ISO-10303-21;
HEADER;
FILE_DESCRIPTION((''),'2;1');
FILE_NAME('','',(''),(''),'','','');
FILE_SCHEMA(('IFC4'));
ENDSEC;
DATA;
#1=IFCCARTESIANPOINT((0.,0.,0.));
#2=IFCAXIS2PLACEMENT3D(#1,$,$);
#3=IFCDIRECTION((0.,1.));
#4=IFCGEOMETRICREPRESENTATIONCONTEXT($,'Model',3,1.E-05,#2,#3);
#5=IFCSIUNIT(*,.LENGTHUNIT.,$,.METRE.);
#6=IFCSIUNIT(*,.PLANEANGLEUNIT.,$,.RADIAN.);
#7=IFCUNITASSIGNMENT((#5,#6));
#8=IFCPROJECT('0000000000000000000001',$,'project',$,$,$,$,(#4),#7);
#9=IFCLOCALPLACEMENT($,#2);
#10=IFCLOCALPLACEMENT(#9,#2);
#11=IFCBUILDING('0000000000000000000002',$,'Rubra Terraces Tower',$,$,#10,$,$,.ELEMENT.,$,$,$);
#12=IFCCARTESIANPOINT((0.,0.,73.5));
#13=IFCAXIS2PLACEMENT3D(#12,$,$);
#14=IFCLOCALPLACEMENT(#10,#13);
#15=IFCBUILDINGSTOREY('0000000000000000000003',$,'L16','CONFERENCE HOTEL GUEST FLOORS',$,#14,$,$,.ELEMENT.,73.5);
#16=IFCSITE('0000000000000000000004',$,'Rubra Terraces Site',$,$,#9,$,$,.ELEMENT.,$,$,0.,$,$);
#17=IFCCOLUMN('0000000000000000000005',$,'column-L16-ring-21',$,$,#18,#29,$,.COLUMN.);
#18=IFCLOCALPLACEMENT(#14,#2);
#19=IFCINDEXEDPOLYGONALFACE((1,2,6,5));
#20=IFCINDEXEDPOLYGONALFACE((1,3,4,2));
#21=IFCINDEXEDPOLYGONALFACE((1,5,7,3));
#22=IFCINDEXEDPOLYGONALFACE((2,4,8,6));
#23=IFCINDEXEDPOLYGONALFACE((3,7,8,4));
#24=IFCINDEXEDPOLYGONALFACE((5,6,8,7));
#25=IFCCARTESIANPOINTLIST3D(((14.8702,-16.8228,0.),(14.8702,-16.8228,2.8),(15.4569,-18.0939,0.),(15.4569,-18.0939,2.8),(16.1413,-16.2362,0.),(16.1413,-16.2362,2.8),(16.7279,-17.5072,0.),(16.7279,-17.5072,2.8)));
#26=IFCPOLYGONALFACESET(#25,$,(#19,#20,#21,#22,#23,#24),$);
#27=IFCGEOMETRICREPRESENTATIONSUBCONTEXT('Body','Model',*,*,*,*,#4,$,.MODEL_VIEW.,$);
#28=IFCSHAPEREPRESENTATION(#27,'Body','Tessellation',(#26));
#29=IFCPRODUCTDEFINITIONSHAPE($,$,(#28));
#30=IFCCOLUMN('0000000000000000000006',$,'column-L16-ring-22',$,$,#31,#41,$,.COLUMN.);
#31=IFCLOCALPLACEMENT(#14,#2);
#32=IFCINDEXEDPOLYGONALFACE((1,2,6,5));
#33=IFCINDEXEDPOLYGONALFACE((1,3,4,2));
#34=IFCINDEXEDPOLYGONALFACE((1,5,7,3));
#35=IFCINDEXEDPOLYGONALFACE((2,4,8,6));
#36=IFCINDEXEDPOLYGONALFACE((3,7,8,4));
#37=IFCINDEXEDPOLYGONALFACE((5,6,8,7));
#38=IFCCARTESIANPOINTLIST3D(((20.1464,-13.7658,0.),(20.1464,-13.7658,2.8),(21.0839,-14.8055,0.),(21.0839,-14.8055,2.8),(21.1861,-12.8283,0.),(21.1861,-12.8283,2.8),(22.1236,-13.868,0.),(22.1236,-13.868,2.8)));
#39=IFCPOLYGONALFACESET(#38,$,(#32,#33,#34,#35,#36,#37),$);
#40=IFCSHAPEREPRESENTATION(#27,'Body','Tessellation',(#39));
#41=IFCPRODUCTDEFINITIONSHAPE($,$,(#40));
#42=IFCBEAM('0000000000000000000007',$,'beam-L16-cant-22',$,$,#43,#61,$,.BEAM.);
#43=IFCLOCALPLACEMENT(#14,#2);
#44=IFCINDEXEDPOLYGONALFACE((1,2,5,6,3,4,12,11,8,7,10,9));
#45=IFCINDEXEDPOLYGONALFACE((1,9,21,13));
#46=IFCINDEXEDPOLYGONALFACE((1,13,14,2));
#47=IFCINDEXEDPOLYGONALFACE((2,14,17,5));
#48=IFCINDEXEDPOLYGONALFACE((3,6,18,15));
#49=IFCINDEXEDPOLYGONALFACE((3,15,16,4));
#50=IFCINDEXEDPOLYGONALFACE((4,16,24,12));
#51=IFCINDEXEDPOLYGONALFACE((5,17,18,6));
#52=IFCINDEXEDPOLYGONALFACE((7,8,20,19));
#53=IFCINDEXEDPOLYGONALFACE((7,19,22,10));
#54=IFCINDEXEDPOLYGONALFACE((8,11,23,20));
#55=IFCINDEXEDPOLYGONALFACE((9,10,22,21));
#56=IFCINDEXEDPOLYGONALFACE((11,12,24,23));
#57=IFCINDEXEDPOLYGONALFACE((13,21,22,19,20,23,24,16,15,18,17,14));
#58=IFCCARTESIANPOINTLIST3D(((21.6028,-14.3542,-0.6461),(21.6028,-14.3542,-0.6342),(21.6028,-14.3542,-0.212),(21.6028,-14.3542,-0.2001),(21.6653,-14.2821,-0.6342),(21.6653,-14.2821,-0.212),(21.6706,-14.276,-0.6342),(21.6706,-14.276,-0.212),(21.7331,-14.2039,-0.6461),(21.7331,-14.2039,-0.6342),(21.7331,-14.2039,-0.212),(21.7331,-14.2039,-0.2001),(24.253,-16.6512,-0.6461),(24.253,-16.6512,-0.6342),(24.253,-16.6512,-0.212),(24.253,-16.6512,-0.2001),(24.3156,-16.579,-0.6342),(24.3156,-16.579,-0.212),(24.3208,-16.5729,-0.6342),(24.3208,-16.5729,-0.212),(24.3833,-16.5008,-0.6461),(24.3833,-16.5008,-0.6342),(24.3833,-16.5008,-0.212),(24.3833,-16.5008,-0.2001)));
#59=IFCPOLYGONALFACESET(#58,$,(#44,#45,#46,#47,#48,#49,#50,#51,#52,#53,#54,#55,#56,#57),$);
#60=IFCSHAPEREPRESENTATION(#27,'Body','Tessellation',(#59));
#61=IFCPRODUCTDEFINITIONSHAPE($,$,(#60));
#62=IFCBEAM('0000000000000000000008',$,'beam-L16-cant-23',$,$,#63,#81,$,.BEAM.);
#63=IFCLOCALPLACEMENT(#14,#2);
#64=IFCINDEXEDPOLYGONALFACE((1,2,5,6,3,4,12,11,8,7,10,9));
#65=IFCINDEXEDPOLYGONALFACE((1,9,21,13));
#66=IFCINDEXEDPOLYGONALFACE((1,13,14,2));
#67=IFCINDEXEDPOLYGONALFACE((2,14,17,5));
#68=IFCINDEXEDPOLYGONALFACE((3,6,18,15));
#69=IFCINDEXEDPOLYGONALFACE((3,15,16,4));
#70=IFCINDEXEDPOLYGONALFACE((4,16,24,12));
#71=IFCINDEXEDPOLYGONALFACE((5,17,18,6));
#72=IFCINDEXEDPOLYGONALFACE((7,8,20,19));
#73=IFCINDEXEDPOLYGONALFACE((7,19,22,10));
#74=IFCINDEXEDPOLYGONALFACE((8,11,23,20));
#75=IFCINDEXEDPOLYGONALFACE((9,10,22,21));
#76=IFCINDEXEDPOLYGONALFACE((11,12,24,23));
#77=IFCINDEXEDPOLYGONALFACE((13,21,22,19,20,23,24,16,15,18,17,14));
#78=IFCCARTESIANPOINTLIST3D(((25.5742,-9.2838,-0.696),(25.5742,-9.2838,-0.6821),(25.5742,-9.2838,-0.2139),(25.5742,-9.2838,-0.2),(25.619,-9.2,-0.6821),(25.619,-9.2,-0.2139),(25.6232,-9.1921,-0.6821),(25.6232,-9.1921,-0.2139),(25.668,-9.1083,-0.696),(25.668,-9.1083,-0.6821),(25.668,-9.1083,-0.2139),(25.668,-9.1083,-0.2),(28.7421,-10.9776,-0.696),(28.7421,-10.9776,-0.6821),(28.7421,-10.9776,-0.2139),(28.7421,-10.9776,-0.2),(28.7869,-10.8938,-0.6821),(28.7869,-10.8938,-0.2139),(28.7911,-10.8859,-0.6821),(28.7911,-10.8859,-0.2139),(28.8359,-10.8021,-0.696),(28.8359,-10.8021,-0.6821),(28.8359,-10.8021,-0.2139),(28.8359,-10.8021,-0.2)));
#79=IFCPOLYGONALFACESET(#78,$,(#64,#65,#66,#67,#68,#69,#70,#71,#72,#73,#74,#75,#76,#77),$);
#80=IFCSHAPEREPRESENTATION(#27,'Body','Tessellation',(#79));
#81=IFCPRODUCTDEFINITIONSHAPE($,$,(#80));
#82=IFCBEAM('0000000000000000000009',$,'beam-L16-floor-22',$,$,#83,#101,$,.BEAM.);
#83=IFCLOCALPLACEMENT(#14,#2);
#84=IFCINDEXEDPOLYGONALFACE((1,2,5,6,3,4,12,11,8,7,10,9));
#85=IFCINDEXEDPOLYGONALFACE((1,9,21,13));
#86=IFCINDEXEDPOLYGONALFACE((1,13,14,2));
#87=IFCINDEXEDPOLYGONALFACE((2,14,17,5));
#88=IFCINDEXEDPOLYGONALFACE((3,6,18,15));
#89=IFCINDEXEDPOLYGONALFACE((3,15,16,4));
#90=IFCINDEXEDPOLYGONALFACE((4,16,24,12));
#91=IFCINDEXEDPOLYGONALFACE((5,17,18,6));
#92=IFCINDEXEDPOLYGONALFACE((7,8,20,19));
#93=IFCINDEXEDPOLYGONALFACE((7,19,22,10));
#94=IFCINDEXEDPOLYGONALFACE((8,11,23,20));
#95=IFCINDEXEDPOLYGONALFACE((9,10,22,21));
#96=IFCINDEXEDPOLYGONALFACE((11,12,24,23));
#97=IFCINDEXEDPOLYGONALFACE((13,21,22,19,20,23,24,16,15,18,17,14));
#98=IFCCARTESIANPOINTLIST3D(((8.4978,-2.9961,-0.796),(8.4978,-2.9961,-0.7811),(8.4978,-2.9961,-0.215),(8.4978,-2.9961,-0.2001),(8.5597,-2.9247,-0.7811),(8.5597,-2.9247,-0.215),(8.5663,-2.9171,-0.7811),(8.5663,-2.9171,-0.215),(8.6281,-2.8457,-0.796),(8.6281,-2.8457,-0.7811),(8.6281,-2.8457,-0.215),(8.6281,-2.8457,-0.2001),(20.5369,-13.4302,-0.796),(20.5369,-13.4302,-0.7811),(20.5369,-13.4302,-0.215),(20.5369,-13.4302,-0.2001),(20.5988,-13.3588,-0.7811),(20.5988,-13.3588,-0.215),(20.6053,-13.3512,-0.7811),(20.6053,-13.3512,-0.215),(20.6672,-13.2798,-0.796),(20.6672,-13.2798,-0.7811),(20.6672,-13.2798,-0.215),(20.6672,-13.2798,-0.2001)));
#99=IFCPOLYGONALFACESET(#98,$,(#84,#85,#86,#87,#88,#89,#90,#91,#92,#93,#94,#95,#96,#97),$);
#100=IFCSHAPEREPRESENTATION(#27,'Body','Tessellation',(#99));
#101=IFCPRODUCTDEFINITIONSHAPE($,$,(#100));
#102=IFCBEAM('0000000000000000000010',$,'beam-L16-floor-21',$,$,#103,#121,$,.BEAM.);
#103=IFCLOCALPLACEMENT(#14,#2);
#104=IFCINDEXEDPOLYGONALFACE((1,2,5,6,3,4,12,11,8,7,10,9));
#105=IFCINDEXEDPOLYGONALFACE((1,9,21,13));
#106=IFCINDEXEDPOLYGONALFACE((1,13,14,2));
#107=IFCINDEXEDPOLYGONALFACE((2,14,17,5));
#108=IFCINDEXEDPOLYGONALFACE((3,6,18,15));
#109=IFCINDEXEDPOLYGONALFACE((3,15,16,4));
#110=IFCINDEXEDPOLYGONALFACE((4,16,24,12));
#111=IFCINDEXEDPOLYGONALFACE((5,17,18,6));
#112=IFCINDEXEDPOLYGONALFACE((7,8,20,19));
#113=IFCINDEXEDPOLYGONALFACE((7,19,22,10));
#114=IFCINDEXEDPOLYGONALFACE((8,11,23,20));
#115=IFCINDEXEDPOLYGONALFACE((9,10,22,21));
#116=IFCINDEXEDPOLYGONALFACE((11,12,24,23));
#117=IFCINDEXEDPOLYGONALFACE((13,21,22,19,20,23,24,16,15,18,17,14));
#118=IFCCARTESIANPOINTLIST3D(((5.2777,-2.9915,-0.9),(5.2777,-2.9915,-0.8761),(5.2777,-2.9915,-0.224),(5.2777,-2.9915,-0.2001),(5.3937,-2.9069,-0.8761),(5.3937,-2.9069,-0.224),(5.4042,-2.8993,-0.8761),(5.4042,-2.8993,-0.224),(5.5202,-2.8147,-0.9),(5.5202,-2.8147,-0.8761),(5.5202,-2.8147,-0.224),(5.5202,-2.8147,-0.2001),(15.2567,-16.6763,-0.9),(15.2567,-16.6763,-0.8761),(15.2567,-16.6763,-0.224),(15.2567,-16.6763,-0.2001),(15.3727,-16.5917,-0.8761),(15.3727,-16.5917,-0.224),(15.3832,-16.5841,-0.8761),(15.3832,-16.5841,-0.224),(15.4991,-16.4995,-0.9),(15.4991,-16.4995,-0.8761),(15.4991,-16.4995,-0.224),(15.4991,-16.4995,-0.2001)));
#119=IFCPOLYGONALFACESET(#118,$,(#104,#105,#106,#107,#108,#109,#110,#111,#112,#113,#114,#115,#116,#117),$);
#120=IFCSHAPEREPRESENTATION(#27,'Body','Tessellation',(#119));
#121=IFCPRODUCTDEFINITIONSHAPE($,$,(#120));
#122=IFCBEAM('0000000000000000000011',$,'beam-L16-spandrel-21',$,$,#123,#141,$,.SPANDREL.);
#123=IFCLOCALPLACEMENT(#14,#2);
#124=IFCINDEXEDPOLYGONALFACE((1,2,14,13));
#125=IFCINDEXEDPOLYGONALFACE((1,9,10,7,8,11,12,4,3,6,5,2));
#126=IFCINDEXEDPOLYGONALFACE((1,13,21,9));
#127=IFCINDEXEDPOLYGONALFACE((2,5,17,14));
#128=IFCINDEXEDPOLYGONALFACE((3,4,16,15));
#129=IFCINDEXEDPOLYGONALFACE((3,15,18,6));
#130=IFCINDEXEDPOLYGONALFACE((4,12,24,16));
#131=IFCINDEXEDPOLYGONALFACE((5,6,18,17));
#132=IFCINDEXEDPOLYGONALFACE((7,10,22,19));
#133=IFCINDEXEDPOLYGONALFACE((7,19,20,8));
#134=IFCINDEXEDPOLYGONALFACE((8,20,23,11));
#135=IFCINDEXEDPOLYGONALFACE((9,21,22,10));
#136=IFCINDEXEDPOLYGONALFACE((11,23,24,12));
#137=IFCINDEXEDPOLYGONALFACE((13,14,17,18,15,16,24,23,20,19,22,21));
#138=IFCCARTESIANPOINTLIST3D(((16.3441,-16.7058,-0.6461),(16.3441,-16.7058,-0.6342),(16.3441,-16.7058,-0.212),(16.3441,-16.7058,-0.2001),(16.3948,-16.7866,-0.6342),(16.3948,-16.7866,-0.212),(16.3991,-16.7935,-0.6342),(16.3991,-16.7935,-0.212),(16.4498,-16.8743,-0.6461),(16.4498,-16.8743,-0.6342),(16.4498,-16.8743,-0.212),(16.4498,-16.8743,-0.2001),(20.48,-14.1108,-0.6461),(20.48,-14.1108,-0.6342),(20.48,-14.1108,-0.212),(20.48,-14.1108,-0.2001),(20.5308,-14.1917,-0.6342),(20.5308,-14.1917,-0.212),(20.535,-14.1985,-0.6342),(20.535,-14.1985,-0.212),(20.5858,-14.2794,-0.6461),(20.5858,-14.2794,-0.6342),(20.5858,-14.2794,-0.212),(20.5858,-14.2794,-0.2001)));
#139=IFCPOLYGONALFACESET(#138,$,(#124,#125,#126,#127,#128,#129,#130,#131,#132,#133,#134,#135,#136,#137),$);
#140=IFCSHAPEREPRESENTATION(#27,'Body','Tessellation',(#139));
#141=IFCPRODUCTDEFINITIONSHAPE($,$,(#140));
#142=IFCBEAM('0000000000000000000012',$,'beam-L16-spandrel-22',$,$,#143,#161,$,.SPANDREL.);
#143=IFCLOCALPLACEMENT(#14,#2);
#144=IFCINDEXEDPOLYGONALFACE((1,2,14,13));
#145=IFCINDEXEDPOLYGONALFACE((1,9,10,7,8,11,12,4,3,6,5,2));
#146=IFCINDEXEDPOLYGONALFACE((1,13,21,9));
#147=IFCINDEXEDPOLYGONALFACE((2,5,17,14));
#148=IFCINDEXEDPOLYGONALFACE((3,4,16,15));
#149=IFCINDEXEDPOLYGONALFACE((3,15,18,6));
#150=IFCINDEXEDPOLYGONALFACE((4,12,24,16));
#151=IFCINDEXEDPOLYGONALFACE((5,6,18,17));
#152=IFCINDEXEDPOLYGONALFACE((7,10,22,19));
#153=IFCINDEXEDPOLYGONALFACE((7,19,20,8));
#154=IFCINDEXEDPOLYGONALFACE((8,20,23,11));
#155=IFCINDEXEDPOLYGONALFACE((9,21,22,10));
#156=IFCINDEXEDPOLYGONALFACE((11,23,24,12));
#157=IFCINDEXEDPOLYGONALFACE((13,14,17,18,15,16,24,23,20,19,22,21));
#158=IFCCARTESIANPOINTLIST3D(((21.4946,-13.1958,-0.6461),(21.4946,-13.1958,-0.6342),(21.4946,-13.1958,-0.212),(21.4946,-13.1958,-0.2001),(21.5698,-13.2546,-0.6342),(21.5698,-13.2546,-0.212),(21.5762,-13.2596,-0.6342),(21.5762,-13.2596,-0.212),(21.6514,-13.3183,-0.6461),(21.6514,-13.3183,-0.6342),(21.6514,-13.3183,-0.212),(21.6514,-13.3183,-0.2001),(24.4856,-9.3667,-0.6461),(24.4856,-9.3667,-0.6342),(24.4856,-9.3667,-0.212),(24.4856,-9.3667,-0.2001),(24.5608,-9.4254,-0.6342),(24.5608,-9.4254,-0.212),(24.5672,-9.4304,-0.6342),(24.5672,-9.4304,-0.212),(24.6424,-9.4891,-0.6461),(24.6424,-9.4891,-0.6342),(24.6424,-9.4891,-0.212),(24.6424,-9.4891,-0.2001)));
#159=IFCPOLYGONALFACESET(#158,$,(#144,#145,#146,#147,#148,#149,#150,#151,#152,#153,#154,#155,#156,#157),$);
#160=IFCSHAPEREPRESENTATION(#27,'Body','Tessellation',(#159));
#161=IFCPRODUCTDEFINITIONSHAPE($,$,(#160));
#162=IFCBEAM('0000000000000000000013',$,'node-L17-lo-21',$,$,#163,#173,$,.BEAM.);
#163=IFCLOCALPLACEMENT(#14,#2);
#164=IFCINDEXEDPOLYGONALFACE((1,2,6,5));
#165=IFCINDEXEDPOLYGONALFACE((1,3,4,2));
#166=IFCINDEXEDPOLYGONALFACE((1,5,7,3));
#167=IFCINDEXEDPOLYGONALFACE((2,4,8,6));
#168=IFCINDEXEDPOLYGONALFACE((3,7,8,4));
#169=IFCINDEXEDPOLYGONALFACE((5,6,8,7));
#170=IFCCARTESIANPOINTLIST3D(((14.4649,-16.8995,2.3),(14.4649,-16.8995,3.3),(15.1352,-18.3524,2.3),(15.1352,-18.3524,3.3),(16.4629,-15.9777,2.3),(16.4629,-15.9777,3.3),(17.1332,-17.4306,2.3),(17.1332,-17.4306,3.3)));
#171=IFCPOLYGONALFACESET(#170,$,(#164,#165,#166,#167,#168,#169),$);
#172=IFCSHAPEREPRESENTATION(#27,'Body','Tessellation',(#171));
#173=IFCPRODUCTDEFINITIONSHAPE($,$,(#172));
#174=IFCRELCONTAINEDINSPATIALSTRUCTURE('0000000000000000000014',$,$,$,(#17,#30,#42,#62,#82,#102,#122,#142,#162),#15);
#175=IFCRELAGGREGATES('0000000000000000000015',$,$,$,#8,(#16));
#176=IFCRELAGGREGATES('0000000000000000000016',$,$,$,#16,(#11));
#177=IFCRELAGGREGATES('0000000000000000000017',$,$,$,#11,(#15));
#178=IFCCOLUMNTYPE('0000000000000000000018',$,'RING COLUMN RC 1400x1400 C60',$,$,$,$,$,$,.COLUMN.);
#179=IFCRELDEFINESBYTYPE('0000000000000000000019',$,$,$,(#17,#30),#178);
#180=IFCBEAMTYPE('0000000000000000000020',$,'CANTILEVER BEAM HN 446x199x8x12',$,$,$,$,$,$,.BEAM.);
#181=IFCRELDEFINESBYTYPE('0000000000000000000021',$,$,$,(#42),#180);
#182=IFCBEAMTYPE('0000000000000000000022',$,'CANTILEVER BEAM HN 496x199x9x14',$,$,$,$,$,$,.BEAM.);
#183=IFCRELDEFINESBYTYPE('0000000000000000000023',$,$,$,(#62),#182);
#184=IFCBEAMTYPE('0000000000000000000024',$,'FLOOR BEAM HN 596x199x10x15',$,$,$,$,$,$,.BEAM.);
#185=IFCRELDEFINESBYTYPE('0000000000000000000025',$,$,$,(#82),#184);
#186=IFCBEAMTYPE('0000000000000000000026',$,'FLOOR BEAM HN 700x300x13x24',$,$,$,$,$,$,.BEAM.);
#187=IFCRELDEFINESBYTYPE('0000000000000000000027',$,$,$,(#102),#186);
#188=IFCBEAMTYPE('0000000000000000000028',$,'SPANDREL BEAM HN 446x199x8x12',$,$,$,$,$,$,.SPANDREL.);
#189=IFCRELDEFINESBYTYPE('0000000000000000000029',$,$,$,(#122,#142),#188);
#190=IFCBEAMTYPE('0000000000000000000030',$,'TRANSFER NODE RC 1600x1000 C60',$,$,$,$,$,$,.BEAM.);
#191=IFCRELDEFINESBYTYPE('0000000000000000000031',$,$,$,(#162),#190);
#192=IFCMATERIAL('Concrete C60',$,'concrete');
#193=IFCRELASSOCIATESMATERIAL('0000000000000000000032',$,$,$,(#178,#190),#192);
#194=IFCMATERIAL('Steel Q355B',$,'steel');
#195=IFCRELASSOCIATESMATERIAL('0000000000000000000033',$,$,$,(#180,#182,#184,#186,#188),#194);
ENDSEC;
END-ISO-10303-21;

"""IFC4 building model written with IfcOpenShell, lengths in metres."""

from ifc_helpers import new_model, si_unit, direction, frame, origin, origin_2d, place, context, subcontext, project, spatial, rectangle, i_section, extrude, material, material_profile, profile_set, type_object, element, save


model = new_model("IFC4")

# Units and contexts
model_context = context("Model", 3, precision=1e-05, world=origin(), true_north=direction((0.0, 1.0)))
body_context = subcontext(model_context, "Body", "Model", "MODEL_VIEW")
ifc_project = project(units=[si_unit("LENGTHUNIT", "METRE"), si_unit("PLANEANGLEUNIT", "RADIAN")], contexts=[model_context])

# Site, building, storey
site_placement = place(None, origin())
site = spatial("IfcSite", under=ifc_project, at=site_placement, Name="Rubra Terraces Site", CompositionType="ELEMENT", RefElevation=0.0)
building_placement = place(site_placement, origin())
building = spatial("IfcBuilding", under=site, at=building_placement, Name="Rubra Terraces Tower", CompositionType="ELEMENT")
storey_placement = place(building_placement, frame((0.0, 0.0, 73.5)))
storey = spatial("IfcBuildingStorey", under=building, at=storey_placement, Name="L16", Description="CONFERENCE HOTEL GUEST FLOORS", CompositionType="ELEMENT", Elevation=73.5)

# Columns
ifc_material_1 = material(Name="Concrete C60", Category="concrete")
ifc_material_profile_1 = material_profile(ifc_material_1, rectangle(XDim=1.3999, YDim=1.3999, at=origin_2d()), Name="RC 1400x1400")
ifc_profile_set_1 = profile_set([ifc_material_profile_1], Name="Concrete C60")
column_type = type_object("IfcColumnType", Name="RING COLUMN RC 1400x1400 C60", PredefinedType="COLUMN", material=ifc_profile_set_1)
for number, where, z_axis, x_axis, name in (
    (1, (15.7991, -17.165, 0.0), (0.0, 0.0, 1.0), (0.907952, 0.419073, 0.0), "column-L16-ring-21"),
    (2, (21.135, -13.8169, 0.0), (0.0, 0.0, 1.0), (0.742676, 0.669651, 0.0), "column-L16-ring-22"),
):
    element("IfcColumn", number, at=place(storey_placement, frame(where, z_axis=z_axis, x_axis=x_axis)), inside=storey, type_object=column_type, Name=name, PredefinedType="COLUMN", context=body_context, shape_type="SweptSolid", body=[
        extrude(rectangle(XDim=1.3999, YDim=1.3999, at=origin_2d()), origin(), (0.0, 0.0, 1.0), 2.8),
    ])

# Beams
ifc_material_2 = material(Name="Steel Q355B", Category="steel")
ifc_material_profile_2 = material_profile(ifc_material_2, i_section(OverallWidth=0.199, OverallDepth=0.446, WebThickness=0.0081, FlangeThickness=0.012, at=origin_2d()), Name="HN 446x199x8x12")
ifc_profile_set_2 = profile_set([ifc_material_profile_2], Name="Steel Q355B")
beam_type_1 = type_object("IfcBeamType", Name="CANTILEVER BEAM HN 446x199x8x12", PredefinedType="BEAM", material=ifc_profile_set_2)
beam_1_placement = place(storey_placement, frame((21.668, -14.2791, -0.4231), z_axis=(0.755678, -0.654944, 0.0), x_axis=(0.654944, 0.755678, 0.0)))
element("IfcBeam", 3, at=beam_1_placement, inside=storey, type_object=beam_type_1, Name="beam-L16-cant-22", PredefinedType="BEAM", context=body_context, shape_type="SweptSolid", body=[
    extrude(i_section(OverallWidth=0.199, OverallDepth=0.446, WebThickness=0.0081, FlangeThickness=0.012, at=origin_2d()), origin(), (0.0, 0.0, 1.0), 3.5071),
])
ifc_material_profile_3 = material_profile(ifc_material_2, i_section(OverallWidth=0.199, OverallDepth=0.4961, WebThickness=0.009, FlangeThickness=0.0139, at=origin_2d()), Name="HN 496x199x9x14")
ifc_profile_set_3 = profile_set([ifc_material_profile_3], Name="Steel Q355B")
beam_type_2 = type_object("IfcBeamType", Name="CANTILEVER BEAM HN 496x199x9x14", PredefinedType="BEAM", material=ifc_profile_set_3)
beam_2_placement = place(storey_placement, frame((25.6211, -9.196, -0.448), z_axis=(0.88186, -0.471512, 0.0), x_axis=(0.471512, 0.88186, 0.0)))
element("IfcBeam", 4, at=beam_2_placement, inside=storey, type_object=beam_type_2, Name="beam-L16-cant-23", PredefinedType="BEAM", context=body_context, shape_type="SweptSolid", body=[
    extrude(i_section(OverallWidth=0.199, OverallDepth=0.4961, WebThickness=0.009, FlangeThickness=0.0139, at=origin_2d()), origin(), (0.0, 0.0, 1.0), 3.5923),
])
ifc_material_profile_4 = material_profile(ifc_material_2, i_section(OverallWidth=0.199, OverallDepth=0.5959, WebThickness=0.01, FlangeThickness=0.0149, at=origin_2d()), Name="HN 596x199x10x15")
ifc_profile_set_4 = profile_set([ifc_material_profile_4], Name="Steel Q355B")
beam_type_3 = type_object("IfcBeamType", Name="FLOOR BEAM HN 596x199x10x15", PredefinedType="BEAM", material=ifc_profile_set_4)
beam_3_placement = place(storey_placement, frame((20.6021, -13.355, -0.498), z_axis=(-0.755682, 0.654939, 0.0), x_axis=(-0.654939, -0.755682, 0.0)))
element("IfcBeam", 5, at=beam_3_placement, inside=storey, type_object=beam_type_3, Name="beam-L16-floor-22", PredefinedType="BEAM", context=body_context, shape_type="SweptSolid", body=[
    extrude(i_section(OverallWidth=0.199, OverallDepth=0.5959, WebThickness=0.01, FlangeThickness=0.0149, at=origin_2d()), origin(), (0.0, 0.0, 1.0), 15.9314),
])
ifc_material_profile_5 = material_profile(ifc_material_2, i_section(OverallWidth=0.3, OverallDepth=0.7, WebThickness=0.0129, FlangeThickness=0.0239, at=origin_2d()), Name="HN 700x300x13x24")
ifc_profile_set_5 = profile_set([ifc_material_profile_5], Name="Steel Q355B")
beam_type_4 = type_object("IfcBeamType", Name="FLOOR BEAM HN 700x300x13x24", PredefinedType="BEAM", material=ifc_profile_set_5)
beam_4_placement = place(storey_placement, frame((15.3779, -16.5879, -0.55), z_axis=(-0.589191, 0.807994, 0.0), x_axis=(-0.807994, -0.589191, 0.0)))
element("IfcBeam", 6, at=beam_4_placement, inside=storey, type_object=beam_type_4, Name="beam-L16-floor-21", PredefinedType="BEAM", context=body_context, shape_type="SweptSolid", body=[
    extrude(i_section(OverallWidth=0.3, OverallDepth=0.7, WebThickness=0.0129, FlangeThickness=0.0239, at=origin_2d()), origin(), (0.0, 0.0, 1.0), 16.9368),
])
ifc_material_profile_6 = material_profile(ifc_material_2, i_section(OverallWidth=0.199, OverallDepth=0.446, WebThickness=0.0081, FlangeThickness=0.012, at=origin_2d()), Name="HN 446x199x8x12")
ifc_profile_set_6 = profile_set([ifc_material_profile_6], Name="Steel Q355B")
beam_type_5 = type_object("IfcBeamType", Name="SPANDREL BEAM HN 446x199x8x12", PredefinedType="SPANDREL", material=ifc_profile_set_6)
beam_5_placement = place(storey_placement, frame((16.397, -16.79, -0.4231), z_axis=(0.847078, 0.531468, 0.0), x_axis=(-0.531468, 0.847078, 0.0)))
element("IfcBeam", 7, at=beam_5_placement, inside=storey, type_object=beam_type_5, Name="beam-L16-spandrel-21", PredefinedType="SPANDREL", context=body_context, shape_type="SweptSolid", body=[
    extrude(i_section(OverallWidth=0.199, OverallDepth=0.446, WebThickness=0.0081, FlangeThickness=0.012, at=origin_2d()), origin(), (0.0, 0.0, 1.0), 4.8826),
])
beam_6_placement = place(storey_placement, frame((21.573, -13.2571, -0.4231), z_axis=(0.615578, 0.788076, 0.0), x_axis=(-0.788076, 0.615578, 0.0)))
element("IfcBeam", 8, at=beam_6_placement, inside=storey, type_object=beam_type_5, Name="beam-L16-spandrel-22", PredefinedType="SPANDREL", context=body_context, shape_type="SweptSolid", body=[
    extrude(i_section(OverallWidth=0.199, OverallDepth=0.446, WebThickness=0.0081, FlangeThickness=0.012, at=origin_2d()), origin(), (0.0, 0.0, 1.0), 4.8589),
])
ifc_material_profile_7 = material_profile(ifc_material_1, rectangle(XDim=1.6001, YDim=1.0, at=origin_2d()), Name="RC 1600x1000")
ifc_profile_set_7 = profile_set([ifc_material_profile_7], Name="Concrete C60")
beam_type_6 = type_object("IfcBeamType", Name="TRANSFER NODE RC 1600x1000 C60", PredefinedType="BEAM", material=ifc_profile_set_7)
for number, where, z_axis, x_axis, name in (
    (9, (14.8, -17.626, 2.8), (0.908011, 0.418946, 0.0), (-0.418946, 0.908011, 0.0), "node-L17-lo-21"),
):
    element("IfcBeam", number, at=place(storey_placement, frame(where, z_axis=z_axis, x_axis=x_axis)), inside=storey, type_object=beam_type_6, Name=name, PredefinedType="BEAM", context=body_context, shape_type="SweptSolid", body=[
        extrude(rectangle(XDim=1.6001, YDim=1.0, at=origin_2d()), origin(), (0.0, 0.0, 1.0), 2.2004),
    ])

save(model, "model.ifc")
